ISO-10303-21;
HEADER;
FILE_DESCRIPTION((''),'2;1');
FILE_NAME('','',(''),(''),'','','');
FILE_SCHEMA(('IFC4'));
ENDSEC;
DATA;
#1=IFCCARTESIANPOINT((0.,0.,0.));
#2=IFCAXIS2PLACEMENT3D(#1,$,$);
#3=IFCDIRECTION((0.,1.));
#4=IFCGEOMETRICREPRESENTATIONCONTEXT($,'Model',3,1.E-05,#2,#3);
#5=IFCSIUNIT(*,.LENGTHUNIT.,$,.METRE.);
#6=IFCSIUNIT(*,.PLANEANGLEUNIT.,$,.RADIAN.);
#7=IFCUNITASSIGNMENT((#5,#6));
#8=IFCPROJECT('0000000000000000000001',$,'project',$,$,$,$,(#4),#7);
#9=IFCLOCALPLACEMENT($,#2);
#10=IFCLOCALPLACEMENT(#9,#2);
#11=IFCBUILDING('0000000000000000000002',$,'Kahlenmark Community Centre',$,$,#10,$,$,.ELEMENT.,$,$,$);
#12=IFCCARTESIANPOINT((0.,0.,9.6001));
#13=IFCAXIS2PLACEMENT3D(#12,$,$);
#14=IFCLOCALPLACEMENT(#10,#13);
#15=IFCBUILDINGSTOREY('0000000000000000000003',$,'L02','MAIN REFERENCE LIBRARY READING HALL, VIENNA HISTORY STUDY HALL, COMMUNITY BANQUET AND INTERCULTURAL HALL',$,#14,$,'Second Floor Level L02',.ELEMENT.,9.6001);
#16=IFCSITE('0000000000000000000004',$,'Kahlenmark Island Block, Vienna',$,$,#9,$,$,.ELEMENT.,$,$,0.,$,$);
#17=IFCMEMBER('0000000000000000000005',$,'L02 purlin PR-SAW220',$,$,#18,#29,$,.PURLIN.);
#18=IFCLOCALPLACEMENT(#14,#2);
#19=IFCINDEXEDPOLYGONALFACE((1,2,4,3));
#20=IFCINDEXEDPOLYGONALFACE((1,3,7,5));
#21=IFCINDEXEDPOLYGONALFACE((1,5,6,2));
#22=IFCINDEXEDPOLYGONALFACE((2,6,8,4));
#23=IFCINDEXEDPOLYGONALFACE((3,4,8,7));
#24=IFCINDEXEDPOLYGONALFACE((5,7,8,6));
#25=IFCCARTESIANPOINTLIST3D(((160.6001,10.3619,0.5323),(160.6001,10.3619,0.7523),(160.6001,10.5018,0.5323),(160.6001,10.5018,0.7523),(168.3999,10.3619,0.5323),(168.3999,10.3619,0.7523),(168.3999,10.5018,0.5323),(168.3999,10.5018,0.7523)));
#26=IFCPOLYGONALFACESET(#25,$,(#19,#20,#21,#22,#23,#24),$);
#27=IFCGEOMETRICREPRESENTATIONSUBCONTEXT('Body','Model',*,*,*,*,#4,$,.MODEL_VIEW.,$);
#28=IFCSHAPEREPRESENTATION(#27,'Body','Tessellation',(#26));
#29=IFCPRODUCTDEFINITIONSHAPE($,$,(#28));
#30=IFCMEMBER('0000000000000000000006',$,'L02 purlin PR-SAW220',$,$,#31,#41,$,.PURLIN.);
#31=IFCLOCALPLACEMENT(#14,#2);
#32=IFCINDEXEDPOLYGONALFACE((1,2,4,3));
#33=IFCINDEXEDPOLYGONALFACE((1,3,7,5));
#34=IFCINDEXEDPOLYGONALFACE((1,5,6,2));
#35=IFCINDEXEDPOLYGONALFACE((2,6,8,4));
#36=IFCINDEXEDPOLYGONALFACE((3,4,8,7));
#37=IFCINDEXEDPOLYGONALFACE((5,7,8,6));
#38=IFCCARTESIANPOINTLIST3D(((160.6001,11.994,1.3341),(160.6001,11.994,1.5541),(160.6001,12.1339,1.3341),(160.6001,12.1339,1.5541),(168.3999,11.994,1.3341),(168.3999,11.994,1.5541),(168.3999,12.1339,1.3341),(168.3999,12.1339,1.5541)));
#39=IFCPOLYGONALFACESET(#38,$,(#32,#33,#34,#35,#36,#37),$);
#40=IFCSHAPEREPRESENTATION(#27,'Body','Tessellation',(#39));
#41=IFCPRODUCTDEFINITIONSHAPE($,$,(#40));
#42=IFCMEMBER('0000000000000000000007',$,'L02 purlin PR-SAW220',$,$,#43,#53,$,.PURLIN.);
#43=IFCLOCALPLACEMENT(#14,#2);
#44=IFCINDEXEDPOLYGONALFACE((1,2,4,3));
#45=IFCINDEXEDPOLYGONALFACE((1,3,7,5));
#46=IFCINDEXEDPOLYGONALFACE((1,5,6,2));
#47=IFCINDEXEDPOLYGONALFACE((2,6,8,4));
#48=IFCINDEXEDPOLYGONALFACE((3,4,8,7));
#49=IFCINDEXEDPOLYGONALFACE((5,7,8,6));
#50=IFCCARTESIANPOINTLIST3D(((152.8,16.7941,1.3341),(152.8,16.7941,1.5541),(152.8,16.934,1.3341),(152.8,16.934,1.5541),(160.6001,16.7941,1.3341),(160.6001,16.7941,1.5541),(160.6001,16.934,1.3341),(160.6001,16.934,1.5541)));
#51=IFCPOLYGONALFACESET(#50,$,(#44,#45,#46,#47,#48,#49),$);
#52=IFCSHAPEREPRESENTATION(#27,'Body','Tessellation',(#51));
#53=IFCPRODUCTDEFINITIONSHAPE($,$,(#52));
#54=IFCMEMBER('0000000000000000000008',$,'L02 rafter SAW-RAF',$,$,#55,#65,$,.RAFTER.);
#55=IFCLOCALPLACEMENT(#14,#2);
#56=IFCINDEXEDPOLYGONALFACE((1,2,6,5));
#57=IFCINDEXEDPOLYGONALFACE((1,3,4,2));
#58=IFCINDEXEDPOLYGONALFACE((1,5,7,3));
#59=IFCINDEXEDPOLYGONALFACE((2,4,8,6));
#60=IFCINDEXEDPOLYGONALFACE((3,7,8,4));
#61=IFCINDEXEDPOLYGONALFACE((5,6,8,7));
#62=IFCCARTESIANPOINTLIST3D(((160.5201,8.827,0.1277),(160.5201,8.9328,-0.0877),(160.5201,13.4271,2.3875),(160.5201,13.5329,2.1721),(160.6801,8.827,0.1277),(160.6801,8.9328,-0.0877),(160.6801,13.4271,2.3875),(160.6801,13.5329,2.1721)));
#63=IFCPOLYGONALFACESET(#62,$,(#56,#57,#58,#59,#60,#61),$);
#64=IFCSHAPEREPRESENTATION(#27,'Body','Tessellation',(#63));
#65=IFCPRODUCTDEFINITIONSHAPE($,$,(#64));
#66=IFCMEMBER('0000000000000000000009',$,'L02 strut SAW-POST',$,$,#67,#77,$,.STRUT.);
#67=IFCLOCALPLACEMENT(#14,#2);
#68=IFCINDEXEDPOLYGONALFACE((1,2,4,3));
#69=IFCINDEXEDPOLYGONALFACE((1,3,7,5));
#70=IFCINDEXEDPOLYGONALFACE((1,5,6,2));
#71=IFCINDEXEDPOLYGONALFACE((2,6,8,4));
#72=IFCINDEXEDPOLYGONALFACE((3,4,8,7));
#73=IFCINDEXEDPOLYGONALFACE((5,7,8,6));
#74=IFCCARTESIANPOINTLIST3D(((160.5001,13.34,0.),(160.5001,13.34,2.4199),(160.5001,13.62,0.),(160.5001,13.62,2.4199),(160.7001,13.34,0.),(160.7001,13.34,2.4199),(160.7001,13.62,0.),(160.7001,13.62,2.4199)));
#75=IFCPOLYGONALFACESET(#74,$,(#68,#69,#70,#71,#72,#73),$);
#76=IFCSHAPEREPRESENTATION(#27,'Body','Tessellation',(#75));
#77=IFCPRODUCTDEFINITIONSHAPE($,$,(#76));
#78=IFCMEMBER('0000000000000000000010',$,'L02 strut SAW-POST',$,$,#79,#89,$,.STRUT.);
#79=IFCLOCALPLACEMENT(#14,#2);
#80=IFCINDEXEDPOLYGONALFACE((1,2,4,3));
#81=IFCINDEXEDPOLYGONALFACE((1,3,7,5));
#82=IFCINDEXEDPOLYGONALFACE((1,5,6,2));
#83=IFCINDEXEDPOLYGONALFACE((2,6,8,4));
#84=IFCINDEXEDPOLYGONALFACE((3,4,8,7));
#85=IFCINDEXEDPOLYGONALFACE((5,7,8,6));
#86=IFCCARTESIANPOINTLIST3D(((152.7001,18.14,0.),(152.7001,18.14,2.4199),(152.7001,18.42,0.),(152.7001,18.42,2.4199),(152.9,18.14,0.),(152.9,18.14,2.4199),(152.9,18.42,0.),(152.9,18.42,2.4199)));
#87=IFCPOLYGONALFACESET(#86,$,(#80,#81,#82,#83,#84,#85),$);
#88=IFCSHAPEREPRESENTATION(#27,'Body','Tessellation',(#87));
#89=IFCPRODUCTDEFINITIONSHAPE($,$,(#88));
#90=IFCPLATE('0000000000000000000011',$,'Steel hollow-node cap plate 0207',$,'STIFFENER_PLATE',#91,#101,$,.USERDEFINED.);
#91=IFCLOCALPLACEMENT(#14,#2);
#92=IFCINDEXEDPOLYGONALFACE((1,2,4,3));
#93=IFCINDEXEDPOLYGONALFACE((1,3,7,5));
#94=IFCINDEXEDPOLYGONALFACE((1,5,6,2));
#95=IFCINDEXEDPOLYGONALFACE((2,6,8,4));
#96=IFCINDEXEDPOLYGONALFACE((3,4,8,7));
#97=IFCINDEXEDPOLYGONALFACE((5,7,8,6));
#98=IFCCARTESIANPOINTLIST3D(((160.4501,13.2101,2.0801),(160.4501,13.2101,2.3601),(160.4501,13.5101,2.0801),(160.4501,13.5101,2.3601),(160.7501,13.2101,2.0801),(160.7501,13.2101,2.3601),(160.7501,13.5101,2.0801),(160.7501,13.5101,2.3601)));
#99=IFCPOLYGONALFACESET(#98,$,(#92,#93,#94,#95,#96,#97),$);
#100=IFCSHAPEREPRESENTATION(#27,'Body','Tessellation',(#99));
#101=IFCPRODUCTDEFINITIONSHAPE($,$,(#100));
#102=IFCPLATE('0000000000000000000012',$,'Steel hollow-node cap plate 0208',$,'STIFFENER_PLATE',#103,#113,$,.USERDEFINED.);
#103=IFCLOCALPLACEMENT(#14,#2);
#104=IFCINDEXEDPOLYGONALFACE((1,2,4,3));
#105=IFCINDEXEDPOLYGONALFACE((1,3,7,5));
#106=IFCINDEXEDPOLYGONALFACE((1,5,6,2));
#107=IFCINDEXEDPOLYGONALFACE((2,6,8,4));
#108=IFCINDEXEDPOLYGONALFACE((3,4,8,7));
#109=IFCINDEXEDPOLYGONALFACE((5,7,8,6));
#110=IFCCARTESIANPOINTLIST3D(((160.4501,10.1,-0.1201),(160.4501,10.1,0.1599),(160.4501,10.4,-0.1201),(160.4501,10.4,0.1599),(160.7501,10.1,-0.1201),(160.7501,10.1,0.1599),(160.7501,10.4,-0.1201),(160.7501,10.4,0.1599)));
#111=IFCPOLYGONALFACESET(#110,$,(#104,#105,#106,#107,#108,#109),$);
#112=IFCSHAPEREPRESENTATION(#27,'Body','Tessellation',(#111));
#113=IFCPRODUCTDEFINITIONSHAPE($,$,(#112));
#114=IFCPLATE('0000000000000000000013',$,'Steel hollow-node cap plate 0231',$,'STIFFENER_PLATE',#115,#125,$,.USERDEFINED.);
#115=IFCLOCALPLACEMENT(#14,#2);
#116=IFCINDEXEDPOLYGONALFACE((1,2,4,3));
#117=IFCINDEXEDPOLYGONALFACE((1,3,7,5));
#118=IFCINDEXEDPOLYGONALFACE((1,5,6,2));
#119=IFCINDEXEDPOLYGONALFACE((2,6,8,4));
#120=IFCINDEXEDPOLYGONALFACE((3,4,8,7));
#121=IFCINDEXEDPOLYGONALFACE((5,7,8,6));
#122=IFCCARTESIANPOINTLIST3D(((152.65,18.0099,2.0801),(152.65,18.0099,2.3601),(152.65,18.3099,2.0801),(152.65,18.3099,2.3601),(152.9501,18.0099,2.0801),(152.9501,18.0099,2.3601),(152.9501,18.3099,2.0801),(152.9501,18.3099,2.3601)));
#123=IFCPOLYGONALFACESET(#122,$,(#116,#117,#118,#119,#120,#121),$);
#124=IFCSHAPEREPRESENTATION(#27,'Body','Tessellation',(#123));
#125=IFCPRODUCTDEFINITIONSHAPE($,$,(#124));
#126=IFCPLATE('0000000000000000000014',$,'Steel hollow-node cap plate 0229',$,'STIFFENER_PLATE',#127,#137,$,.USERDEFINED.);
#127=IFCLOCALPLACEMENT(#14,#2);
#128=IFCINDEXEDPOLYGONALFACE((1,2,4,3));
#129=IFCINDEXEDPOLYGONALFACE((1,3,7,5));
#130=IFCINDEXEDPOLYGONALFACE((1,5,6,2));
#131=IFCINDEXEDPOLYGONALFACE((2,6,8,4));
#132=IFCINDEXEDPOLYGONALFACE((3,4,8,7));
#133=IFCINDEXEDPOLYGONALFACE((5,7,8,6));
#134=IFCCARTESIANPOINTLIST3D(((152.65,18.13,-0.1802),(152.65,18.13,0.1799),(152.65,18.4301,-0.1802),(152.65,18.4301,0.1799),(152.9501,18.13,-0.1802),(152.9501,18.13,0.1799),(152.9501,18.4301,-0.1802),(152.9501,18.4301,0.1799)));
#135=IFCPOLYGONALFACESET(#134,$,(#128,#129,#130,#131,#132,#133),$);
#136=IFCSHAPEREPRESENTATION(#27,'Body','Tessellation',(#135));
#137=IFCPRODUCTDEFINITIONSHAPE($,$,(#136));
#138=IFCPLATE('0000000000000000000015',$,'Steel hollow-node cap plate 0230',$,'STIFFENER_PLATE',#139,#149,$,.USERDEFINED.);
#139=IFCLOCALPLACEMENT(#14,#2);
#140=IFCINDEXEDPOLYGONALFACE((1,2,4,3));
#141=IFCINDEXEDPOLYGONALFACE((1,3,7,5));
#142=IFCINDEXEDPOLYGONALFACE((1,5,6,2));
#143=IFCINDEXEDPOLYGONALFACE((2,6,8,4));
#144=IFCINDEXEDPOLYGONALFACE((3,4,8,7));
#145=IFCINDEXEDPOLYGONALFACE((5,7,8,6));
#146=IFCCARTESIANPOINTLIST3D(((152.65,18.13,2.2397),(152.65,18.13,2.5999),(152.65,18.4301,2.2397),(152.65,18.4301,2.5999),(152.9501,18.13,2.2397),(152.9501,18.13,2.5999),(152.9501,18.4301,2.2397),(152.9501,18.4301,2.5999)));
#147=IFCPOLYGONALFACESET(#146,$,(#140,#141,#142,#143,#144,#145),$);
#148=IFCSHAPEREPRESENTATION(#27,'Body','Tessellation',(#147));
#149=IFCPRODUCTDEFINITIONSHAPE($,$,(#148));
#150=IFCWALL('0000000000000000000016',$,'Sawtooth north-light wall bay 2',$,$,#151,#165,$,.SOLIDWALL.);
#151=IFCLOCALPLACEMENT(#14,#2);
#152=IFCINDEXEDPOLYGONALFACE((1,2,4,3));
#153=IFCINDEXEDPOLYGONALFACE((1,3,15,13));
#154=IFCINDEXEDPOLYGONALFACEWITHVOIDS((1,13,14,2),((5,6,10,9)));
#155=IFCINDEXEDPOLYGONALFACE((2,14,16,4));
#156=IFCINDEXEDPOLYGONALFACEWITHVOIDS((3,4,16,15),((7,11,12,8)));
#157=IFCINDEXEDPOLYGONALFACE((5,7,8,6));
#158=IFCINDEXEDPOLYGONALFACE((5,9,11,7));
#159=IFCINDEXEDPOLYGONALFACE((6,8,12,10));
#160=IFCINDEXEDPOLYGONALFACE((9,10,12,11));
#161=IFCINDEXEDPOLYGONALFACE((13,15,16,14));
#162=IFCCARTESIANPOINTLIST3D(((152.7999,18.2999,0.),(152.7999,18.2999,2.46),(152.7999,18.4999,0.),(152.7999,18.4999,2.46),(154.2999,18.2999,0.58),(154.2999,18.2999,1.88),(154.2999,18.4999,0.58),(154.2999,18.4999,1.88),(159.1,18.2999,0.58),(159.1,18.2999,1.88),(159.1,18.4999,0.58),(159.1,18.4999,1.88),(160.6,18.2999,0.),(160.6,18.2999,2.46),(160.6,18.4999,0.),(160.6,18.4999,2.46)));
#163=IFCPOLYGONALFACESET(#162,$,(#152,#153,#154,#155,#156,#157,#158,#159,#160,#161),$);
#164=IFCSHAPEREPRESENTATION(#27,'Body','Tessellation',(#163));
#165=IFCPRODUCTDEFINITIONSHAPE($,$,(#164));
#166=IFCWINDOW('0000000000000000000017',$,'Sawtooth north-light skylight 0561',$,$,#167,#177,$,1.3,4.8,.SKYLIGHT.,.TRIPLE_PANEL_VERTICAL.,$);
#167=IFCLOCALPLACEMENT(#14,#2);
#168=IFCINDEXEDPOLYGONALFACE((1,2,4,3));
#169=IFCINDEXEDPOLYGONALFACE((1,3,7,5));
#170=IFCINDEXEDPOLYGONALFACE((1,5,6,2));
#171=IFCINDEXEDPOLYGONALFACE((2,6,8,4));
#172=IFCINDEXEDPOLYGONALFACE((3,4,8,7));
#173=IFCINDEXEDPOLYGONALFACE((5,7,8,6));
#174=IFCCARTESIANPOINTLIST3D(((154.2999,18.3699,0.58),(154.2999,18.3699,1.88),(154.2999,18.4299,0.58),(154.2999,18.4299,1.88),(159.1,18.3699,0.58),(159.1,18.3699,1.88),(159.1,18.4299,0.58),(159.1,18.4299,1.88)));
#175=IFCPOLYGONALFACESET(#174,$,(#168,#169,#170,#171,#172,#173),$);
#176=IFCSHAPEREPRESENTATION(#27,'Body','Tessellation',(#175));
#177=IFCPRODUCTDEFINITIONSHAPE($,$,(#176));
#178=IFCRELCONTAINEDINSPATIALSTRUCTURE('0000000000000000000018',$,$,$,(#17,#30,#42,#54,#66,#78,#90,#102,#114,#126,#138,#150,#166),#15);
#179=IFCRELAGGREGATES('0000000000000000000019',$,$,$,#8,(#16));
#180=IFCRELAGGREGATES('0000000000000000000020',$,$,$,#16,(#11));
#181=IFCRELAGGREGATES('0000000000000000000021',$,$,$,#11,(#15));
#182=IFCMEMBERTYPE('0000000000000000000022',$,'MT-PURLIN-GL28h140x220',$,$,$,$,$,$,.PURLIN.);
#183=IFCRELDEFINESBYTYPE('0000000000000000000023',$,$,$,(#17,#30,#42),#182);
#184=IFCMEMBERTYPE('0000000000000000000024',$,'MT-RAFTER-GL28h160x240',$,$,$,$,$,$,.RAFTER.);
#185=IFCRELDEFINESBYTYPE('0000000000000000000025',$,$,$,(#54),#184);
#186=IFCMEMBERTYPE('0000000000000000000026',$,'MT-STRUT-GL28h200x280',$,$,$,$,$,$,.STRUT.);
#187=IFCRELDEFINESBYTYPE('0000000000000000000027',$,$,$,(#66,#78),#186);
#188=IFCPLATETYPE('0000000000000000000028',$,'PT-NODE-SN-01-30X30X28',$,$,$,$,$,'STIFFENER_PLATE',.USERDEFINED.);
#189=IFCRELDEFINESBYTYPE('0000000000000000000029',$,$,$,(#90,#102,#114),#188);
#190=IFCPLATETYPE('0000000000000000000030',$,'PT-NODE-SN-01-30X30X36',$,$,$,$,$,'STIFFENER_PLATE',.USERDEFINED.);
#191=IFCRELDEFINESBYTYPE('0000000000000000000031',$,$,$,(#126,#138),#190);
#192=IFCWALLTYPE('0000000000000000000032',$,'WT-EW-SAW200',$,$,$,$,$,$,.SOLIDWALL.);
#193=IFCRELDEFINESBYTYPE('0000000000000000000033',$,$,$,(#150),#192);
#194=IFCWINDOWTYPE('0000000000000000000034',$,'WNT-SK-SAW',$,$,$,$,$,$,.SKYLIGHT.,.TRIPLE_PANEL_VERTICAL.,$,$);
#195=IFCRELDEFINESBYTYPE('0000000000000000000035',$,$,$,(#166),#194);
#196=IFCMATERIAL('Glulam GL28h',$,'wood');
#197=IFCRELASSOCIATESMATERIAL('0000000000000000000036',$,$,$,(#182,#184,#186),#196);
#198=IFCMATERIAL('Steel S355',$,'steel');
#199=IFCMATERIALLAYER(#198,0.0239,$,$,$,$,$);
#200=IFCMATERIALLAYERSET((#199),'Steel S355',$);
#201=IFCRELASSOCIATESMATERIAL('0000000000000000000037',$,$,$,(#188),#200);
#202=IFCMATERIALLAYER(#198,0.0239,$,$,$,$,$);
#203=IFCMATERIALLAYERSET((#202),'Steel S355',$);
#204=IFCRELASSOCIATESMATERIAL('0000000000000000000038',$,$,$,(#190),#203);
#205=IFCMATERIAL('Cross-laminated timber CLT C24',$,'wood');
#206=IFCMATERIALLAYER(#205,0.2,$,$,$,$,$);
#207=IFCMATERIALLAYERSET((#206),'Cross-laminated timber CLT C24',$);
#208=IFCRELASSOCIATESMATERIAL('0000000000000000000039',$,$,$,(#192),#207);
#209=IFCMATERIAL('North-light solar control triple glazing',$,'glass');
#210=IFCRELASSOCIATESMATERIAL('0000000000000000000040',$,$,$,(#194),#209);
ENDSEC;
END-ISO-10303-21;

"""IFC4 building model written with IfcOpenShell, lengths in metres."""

from ifc_helpers import new_model, si_unit, direction, frame, frame_2d, origin, origin_2d, place, context, subcontext, project, spatial, rectangle, extrude, material, layer, layer_set, material_profile, profile_set, type_object, element, fill, save


model = new_model("IFC4")

# Units and contexts
model_context = context("Model", 3, precision=1e-05, world=origin(), true_north=direction((0.0, 1.0)))
body_context = subcontext(model_context, "Body", "Model", "MODEL_VIEW")
ifc_project = project(units=[si_unit("LENGTHUNIT", "METRE"), si_unit("PLANEANGLEUNIT", "RADIAN")], contexts=[model_context])

# Site, building, storey
site_placement = place(None, origin())
site = spatial("IfcSite", under=ifc_project, at=site_placement, Name="Kahlenmark Island Block, Vienna", CompositionType="ELEMENT", RefElevation=0.0)
building_placement = place(site_placement, origin())
building = spatial("IfcBuilding", under=site, at=building_placement, Name="Kahlenmark Community Centre", CompositionType="ELEMENT")
storey_placement = place(building_placement, frame((0.0, 0.0, 9.6001)))
storey = spatial("IfcBuildingStorey", under=building, at=storey_placement, Name="L02", Description="MAIN REFERENCE LIBRARY READING HALL, VIENNA HISTORY STUDY HALL, COMMUNITY BANQUET AND INTERCULTURAL HALL", LongName="Second Floor Level L02", CompositionType="ELEMENT", Elevation=9.6001)

# Members
ifc_material_1 = material(Name="Steel S355", Category="steel")
ifc_material_2 = material(Name="Glulam GL28h", Category="wood")
ifc_material_profile_1 = material_profile(ifc_material_2, rectangle(XDim=0.1399, YDim=0.22, at=origin_2d()), Name="GL28h 140x220")
ifc_profile_set_1 = profile_set([ifc_material_profile_1], Name="Glulam GL28h")
member_type_1 = type_object("IfcMemberType", Name="MT-PURLIN-GL28h140x220", PredefinedType="PURLIN", material=ifc_profile_set_1)
for number, where, z_axis, x_axis, name in (
    (1, (160.6001, 10.4319, 0.6423), (1.0, 0.0, 0.0), (0.0, 1.0, 0.0), "L02 purlin PR-SAW220"),
    (2, (160.6001, 12.064, 1.4441), (1.0, 0.0, 0.0), (0.0, 1.0, 0.0), "L02 purlin PR-SAW220"),
):
    element("IfcMember", number, at=place(storey_placement, frame(where, z_axis=z_axis, x_axis=x_axis)), inside=storey, type_object=member_type_1, Name=name, PredefinedType="PURLIN", context=body_context, shape_type="SweptSolid", body=[
        extrude(rectangle(XDim=0.1399, YDim=0.22, at=origin_2d()), origin(), (0.0, 0.0, 1.0), 7.7998),
    ])
member_1_placement = place(storey_placement, frame((152.8, 16.864, 1.4441), z_axis=(1.0, 0.0, 0.0), x_axis=(0.0, 1.0, 0.0)))
element("IfcMember", 3, at=member_1_placement, inside=storey, type_object=member_type_1, Name="L02 purlin PR-SAW220", PredefinedType="PURLIN", context=body_context, shape_type="SweptSolid", body=[
    extrude(rectangle(XDim=0.1399, YDim=0.22, at=origin_2d()), origin(), (0.0, 0.0, 1.0), 7.8),
])
ifc_material_profile_2 = material_profile(ifc_material_2, rectangle(XDim=0.1599, YDim=0.24, at=origin_2d()), Name="GL28h 160x240")
ifc_profile_set_2 = profile_set([ifc_material_profile_2], Name="Glulam GL28h")
member_type_2 = type_object("IfcMemberType", Name="MT-RAFTER-GL28h160x240", PredefinedType="RAFTER", material=ifc_profile_set_2)
member_2_placement = place(storey_placement, frame((160.6001, 8.8799, 0.02), z_axis=(0.0, 0.897549, 0.440915), x_axis=(-1.0, 0.0, 0.0)))
element("IfcMember", 4, at=member_2_placement, inside=storey, type_object=member_type_2, Name="L02 rafter SAW-RAF", PredefinedType="RAFTER", context=body_context, shape_type="SweptSolid", body=[
    extrude(rectangle(XDim=0.1599, YDim=0.24, at=origin_2d()), origin(), (0.0, 0.0, 1.0), 5.1252),
])
ifc_material_profile_3 = material_profile(ifc_material_2, rectangle(XDim=0.2, YDim=0.28, at=origin_2d()), Name="GL28h 200x280")
ifc_profile_set_3 = profile_set([ifc_material_profile_3], Name="Glulam GL28h")
member_type_3 = type_object("IfcMemberType", Name="MT-STRUT-GL28h200x280", PredefinedType="STRUT", material=ifc_profile_set_3)
for number, where, z_axis, x_axis, name in (
    (5, (160.6001, 13.48, 0.0), (0.0, 0.0, 1.0), (1.0, 0.0, 0.0), "L02 strut SAW-POST"),
    (6, (152.8, 18.28, 0.0), (0.0, 0.0, 1.0), (1.0, 0.0, 0.0), "L02 strut SAW-POST"),
):
    element("IfcMember", number, at=place(storey_placement, frame(where, z_axis=z_axis, x_axis=x_axis)), inside=storey, type_object=member_type_3, Name=name, PredefinedType="STRUT", context=body_context, shape_type="SweptSolid", body=[
        extrude(rectangle(XDim=0.2, YDim=0.28, at=origin_2d()), origin(), (0.0, 0.0, 1.0), 2.4199),
    ])

# Plates
ifc_layer_1 = layer(ifc_material_1, 0.0239)
ifc_layer_set_1 = layer_set([ifc_layer_1], Name="Steel S355")
plate_type_1 = type_object("IfcPlateType", Name="PT-NODE-SN-01-30X30X28", ElementType="STIFFENER_PLATE", PredefinedType="USERDEFINED", material=ifc_layer_set_1)
for number, where, z_axis, x_axis, name in (
    (7, (160.6001, 13.3601, 2.0801), (0.0, 0.0, 1.0), (1.0, 0.0, 0.0), "Steel hollow-node cap plate 0207"),
    (8, (160.6001, 10.25, -0.1201), (0.0, 0.0, 1.0), (1.0, 0.0, 0.0), "Steel hollow-node cap plate 0208"),
    (9, (152.8, 18.1599, 2.0801), (0.0, 0.0, 1.0), (1.0, 0.0, 0.0), "Steel hollow-node cap plate 0231"),
):
    element("IfcPlate", number, at=place(storey_placement, frame(where, z_axis=z_axis, x_axis=x_axis)), inside=storey, type_object=plate_type_1, Name=name, ObjectType="STIFFENER_PLATE", PredefinedType="USERDEFINED", context=body_context, shape_type="SweptSolid", body=[
        extrude(rectangle(XDim=0.3, YDim=0.3, at=origin_2d()), origin(), (0.0, 0.0, 1.0), 0.28),
    ])
ifc_layer_2 = layer(ifc_material_1, 0.0239)
ifc_layer_set_2 = layer_set([ifc_layer_2], Name="Steel S355")
plate_type_2 = type_object("IfcPlateType", Name="PT-NODE-SN-01-30X30X36", ElementType="STIFFENER_PLATE", PredefinedType="USERDEFINED", material=ifc_layer_set_2)
for number, where, z_axis, x_axis, name in (
    (10, (152.8, 18.28, -0.1802), (0.0, 0.0, 1.0), (1.0, 0.0, 0.0), "Steel hollow-node cap plate 0229"),
    (11, (152.8, 18.28, 2.2397), (0.0, 0.0, 1.0), (1.0, 0.0, 0.0), "Steel hollow-node cap plate 0230"),
):
    element("IfcPlate", number, at=place(storey_placement, frame(where, z_axis=z_axis, x_axis=x_axis)), inside=storey, type_object=plate_type_2, Name=name, ObjectType="STIFFENER_PLATE", PredefinedType="USERDEFINED", context=body_context, shape_type="SweptSolid", body=[
        extrude(rectangle(XDim=0.3, YDim=0.3, at=origin_2d()), origin(), (0.0, 0.0, 1.0), 0.3601),
    ])

# Wall, opening, window
ifc_material_3 = material(Name="Cross-laminated timber CLT C24", Category="wood")
ifc_layer_3 = layer(ifc_material_3, 0.2)
ifc_layer_set_3 = layer_set([ifc_layer_3], Name="Cross-laminated timber CLT C24")
wall_type = type_object("IfcWallType", Name="WT-EW-SAW200", PredefinedType="SOLIDWALL", material=ifc_layer_set_3)
wall_placement = place(storey_placement, frame((152.8, 18.3999, 0.0), z_axis=(0.0, 0.0, 1.0), x_axis=(1.0, 0.0, 0.0)))
wall = element("IfcWall", 12, at=wall_placement, inside=storey, type_object=wall_type, Name="Sawtooth north-light wall bay 2", PredefinedType="SOLIDWALL", context=body_context, shape_type="SweptSolid", body=[
    extrude(rectangle(XDim=7.8, YDim=0.2, at=frame_2d((3.8999, 0.0))), origin(), (0.0, 0.0, 1.0), 2.46),
])
opening_placement = place(wall_placement, frame((1.5, 0.0, 0.5801)))
opening = element("IfcOpeningElement", 13, at=opening_placement, cuts=wall, PredefinedType="OPENING", context=body_context, shape_type="SweptSolid", body=[
    extrude(rectangle(XDim=4.8, YDim=1.3, at=frame_2d((2.3999, 0.6499))), frame((0.0, 0.1099, 0.0), z_axis=(0.0, -1.0, 0.0), x_axis=(1.0, 0.0, 0.0)), (0.0, 0.0, 1.0), 0.22),
])
ifc_material_4 = material(Name="North-light solar control triple glazing", Category="glass")
window_type = type_object("IfcWindowType", Name="WNT-SK-SAW", PartitioningType="TRIPLE_PANEL_VERTICAL", PredefinedType="SKYLIGHT", material=ifc_material_4)
window_placement = place(opening_placement, origin())
window = element("IfcWindow", 14, at=window_placement, inside=storey, type_object=window_type, Name="Sawtooth north-light skylight 0561", OverallHeight=1.3, OverallWidth=4.8, PartitioningType="TRIPLE_PANEL_VERTICAL", PredefinedType="SKYLIGHT", context=body_context, shape_type="SweptSolid", body=[
    extrude(rectangle(XDim=4.8, YDim=1.3, at=frame_2d((2.3999, 0.6499))), frame((0.0, 0.03, 0.0), z_axis=(0.0, -1.0, 0.0), x_axis=(1.0, 0.0, 0.0)), (0.0, 0.0, 1.0), 0.0601),
])
fill(opening, window)

save(model, "model.ifc")
